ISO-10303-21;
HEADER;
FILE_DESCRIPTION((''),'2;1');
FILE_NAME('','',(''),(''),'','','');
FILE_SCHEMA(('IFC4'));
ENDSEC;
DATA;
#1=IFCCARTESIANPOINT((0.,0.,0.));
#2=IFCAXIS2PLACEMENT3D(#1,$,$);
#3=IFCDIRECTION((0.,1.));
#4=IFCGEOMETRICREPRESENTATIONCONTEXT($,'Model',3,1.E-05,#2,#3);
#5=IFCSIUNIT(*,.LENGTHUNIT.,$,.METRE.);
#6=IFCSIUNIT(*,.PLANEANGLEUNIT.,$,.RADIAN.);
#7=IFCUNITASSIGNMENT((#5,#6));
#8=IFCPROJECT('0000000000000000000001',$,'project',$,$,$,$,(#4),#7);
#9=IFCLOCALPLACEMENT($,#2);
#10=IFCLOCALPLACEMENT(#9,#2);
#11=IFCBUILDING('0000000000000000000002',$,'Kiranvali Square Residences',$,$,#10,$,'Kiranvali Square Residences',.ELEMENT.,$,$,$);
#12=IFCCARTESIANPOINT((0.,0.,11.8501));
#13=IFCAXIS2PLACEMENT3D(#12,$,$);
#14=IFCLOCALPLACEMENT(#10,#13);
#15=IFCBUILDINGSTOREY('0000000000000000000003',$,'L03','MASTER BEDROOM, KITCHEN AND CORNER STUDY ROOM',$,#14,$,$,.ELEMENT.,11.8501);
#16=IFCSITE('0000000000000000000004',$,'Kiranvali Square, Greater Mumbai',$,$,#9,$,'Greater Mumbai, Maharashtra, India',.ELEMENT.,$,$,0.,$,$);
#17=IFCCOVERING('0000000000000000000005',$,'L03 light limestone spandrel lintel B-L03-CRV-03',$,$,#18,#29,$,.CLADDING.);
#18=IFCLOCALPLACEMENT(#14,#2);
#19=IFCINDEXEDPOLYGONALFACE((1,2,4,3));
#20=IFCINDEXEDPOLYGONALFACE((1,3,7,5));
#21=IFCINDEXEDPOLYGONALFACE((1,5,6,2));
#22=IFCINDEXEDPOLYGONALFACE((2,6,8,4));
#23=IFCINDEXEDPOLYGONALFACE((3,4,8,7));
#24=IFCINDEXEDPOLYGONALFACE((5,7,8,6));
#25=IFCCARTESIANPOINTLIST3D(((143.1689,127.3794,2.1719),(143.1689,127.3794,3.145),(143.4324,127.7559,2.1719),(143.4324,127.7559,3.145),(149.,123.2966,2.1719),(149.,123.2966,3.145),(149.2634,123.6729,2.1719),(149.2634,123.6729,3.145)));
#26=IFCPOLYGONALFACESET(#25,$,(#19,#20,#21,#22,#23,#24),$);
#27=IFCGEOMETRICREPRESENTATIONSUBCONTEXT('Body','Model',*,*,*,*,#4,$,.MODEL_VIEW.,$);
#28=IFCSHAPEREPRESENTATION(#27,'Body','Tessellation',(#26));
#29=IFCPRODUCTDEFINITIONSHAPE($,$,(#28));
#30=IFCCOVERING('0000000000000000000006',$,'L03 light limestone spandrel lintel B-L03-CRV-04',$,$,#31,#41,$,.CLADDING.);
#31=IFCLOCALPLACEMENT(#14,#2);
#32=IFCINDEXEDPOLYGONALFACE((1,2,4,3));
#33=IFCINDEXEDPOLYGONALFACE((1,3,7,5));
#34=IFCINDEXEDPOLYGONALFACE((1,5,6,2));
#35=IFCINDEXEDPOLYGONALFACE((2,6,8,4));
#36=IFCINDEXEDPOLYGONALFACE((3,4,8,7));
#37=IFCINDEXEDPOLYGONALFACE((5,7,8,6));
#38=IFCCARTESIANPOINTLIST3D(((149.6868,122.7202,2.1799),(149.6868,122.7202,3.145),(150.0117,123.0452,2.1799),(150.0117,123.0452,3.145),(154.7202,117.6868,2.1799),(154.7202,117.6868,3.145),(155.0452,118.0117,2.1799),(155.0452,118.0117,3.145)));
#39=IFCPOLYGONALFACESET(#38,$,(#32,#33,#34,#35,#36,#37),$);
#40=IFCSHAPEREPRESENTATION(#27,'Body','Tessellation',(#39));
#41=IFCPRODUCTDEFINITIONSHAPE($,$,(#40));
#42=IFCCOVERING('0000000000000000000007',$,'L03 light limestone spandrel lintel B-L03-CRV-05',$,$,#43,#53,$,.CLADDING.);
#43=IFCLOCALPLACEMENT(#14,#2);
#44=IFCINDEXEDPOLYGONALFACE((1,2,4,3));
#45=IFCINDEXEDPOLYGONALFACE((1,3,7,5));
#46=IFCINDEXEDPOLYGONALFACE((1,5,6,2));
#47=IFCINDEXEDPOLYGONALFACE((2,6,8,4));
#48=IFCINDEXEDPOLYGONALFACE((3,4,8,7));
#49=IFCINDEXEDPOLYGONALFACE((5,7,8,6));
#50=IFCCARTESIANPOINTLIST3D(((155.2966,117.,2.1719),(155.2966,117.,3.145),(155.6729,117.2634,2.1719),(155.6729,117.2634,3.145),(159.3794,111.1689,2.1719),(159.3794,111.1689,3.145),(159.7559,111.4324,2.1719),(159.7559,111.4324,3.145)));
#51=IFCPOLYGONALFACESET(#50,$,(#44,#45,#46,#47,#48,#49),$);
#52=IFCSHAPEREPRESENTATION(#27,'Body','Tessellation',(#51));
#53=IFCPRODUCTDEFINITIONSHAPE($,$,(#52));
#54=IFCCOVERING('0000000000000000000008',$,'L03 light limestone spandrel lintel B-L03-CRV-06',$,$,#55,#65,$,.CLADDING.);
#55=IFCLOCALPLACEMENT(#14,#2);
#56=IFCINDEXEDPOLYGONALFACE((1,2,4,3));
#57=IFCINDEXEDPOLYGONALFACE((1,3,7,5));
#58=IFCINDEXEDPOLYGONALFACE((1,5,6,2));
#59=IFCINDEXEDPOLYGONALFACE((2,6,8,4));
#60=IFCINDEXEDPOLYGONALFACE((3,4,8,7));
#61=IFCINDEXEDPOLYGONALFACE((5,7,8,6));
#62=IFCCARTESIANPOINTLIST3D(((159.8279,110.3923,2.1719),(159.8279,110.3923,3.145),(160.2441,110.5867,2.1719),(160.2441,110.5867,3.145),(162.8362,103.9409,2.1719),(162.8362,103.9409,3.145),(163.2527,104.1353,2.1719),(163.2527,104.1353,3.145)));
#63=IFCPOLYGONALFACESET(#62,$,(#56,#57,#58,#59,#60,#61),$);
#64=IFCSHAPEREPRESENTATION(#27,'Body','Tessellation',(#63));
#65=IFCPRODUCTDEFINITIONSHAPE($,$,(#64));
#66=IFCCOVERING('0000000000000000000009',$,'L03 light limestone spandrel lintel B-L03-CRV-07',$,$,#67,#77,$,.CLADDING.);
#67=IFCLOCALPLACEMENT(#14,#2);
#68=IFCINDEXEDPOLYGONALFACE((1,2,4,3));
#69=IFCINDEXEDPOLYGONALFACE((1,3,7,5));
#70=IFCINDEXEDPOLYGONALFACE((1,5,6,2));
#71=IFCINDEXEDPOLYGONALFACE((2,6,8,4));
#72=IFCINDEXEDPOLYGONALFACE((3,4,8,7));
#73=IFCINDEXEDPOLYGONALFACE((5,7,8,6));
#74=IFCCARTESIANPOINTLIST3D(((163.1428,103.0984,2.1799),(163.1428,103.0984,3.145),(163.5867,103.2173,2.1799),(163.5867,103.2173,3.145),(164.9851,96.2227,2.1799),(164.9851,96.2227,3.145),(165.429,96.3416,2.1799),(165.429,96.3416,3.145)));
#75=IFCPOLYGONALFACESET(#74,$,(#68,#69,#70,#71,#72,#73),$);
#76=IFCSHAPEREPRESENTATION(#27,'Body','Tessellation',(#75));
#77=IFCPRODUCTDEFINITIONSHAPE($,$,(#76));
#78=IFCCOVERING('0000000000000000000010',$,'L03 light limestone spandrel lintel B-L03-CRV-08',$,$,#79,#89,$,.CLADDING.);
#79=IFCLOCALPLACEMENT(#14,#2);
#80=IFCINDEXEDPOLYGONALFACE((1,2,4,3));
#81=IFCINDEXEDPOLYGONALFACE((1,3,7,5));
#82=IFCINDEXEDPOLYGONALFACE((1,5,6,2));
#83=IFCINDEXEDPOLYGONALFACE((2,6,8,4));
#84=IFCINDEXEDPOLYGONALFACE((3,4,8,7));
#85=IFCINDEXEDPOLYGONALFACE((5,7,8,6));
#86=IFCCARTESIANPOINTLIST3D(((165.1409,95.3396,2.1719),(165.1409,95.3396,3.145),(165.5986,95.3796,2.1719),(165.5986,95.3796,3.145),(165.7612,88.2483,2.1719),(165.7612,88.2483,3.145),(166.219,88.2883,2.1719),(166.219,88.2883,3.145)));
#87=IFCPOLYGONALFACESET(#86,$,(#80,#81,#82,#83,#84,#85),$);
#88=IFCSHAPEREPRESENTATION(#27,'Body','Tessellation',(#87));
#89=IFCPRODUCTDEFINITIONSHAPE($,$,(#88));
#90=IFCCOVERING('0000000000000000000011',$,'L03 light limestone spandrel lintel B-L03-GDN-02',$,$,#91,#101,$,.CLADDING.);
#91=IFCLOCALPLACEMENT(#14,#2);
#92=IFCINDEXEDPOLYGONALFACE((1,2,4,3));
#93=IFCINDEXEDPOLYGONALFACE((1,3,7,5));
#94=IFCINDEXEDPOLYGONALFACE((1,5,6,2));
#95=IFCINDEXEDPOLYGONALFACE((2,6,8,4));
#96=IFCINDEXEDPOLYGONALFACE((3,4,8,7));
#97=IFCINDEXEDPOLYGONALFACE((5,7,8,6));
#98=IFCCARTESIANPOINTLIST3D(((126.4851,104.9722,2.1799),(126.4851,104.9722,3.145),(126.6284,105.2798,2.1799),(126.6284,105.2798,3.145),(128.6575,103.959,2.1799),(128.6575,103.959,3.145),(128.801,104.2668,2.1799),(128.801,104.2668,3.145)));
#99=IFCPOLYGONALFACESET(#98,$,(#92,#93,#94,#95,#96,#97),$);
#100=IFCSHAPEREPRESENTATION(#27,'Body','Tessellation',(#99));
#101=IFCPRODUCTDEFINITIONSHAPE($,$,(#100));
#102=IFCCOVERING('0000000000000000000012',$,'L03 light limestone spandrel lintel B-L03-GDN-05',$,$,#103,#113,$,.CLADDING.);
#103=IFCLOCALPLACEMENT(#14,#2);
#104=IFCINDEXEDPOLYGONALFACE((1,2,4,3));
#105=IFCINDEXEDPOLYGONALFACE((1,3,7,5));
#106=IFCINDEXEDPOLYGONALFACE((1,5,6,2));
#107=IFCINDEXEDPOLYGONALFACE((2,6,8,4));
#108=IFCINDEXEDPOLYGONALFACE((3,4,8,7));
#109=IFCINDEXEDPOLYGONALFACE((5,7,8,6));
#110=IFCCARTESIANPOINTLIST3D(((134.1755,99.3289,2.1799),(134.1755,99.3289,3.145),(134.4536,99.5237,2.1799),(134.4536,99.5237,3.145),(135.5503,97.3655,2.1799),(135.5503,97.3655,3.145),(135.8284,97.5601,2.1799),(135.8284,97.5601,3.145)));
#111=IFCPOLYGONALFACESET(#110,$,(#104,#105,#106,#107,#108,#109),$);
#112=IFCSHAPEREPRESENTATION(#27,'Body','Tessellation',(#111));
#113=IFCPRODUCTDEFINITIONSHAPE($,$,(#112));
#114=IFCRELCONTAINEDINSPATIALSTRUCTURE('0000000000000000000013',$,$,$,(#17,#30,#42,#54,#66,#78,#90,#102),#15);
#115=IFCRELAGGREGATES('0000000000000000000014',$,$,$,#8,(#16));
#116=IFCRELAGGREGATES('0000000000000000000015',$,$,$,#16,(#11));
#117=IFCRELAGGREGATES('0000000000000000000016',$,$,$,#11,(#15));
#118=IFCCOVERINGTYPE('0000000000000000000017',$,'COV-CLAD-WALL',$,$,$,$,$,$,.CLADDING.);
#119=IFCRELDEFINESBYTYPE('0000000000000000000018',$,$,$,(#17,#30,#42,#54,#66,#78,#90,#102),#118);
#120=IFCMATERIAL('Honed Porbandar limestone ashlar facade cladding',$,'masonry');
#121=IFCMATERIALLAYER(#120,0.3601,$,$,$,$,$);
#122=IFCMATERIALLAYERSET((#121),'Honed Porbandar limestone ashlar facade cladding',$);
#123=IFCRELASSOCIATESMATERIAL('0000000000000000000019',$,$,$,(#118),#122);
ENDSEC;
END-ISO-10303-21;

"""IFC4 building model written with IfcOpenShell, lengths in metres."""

from ifc_helpers import new_model, si_unit, direction, frame, origin, place, context, subcontext, project, spatial, polyline, outline, extrude, material, layer, layer_set, type_object, element, save


model = new_model("IFC4")

# Units and contexts
model_context = context("Model", 3, precision=1e-05, world=origin(), true_north=direction((0.0, 1.0)))
body_context = subcontext(model_context, "Body", "Model", "MODEL_VIEW")
ifc_project = project(units=[si_unit("LENGTHUNIT", "METRE"), si_unit("PLANEANGLEUNIT", "RADIAN")], contexts=[model_context])

# Site, building, storey
site_placement = place(None, origin())
site = spatial("IfcSite", under=ifc_project, at=site_placement, Name="Kiranvali Square, Greater Mumbai", LongName="Greater Mumbai, Maharashtra, India", CompositionType="ELEMENT", RefElevation=0.0)
building_placement = place(site_placement, origin())
building = spatial("IfcBuilding", under=site, at=building_placement, Name="Kiranvali Square Residences", LongName="Kiranvali Square Residences", CompositionType="ELEMENT")
storey_placement = place(building_placement, frame((0.0, 0.0, 11.8501)))
storey = spatial("IfcBuildingStorey", under=building, at=storey_placement, Name="L03", Description="MASTER BEDROOM, KITCHEN AND CORNER STUDY ROOM", CompositionType="ELEMENT", Elevation=11.8501)

# Coverings
ifc_material = material(Name="Honed Porbandar limestone ashlar facade cladding", Category="masonry")
ifc_layer_1 = layer(ifc_material, 0.3601)
ifc_layer_set_1 = layer_set([ifc_layer_1], Name="Honed Porbandar limestone ashlar facade cladding")
covering_type_1 = type_object("IfcCoveringType", Name="COV-CLAD-WALL", PredefinedType="CLADDING", material=ifc_layer_set_1)
covering_1_placement = place(storey_placement, frame((0.0, 0.0, 2.1719)))
element("IfcCovering", 1, at=covering_1_placement, inside=storey, type_object=covering_type_1, Name="L03 light limestone spandrel lintel B-L03-CRV-03", PredefinedType="CLADDING", context=body_context, shape_type="SweptSolid", body=[
    extrude(outline(polyline([(143.1689, 127.3794), (149.0, 123.2966), (149.2634, 123.6729), (143.4324, 127.7559), (143.1689, 127.3794)])), origin(), (0.0, 0.0, 1.0), 0.9731),
])
covering_2_placement = place(storey_placement, frame((0.0, 0.0, 2.1799)))
element("IfcCovering", 2, at=covering_2_placement, inside=storey, type_object=covering_type_1, Name="L03 light limestone spandrel lintel B-L03-CRV-04", PredefinedType="CLADDING", context=body_context, shape_type="SweptSolid", body=[
    extrude(outline(polyline([(149.6868, 122.7202), (154.7202, 117.6868), (155.0452, 118.0117), (150.0117, 123.0452), (149.6868, 122.7202)])), origin(), (0.0, 0.0, 1.0), 0.9651),
])
covering_3_placement = place(storey_placement, frame((0.0, 0.0, 2.1719)))
element("IfcCovering", 3, at=covering_3_placement, inside=storey, type_object=covering_type_1, Name="L03 light limestone spandrel lintel B-L03-CRV-05", PredefinedType="CLADDING", context=body_context, shape_type="SweptSolid", body=[
    extrude(outline(polyline([(155.2966, 117.0), (159.3794, 111.1689), (159.7559, 111.4324), (155.6729, 117.2634), (155.2966, 117.0)])), origin(), (0.0, 0.0, 1.0), 0.9731),
])
covering_4_placement = place(storey_placement, frame((0.0, 0.0, 2.1719)))
element("IfcCovering", 4, at=covering_4_placement, inside=storey, type_object=covering_type_1, Name="L03 light limestone spandrel lintel B-L03-CRV-06", PredefinedType="CLADDING", context=body_context, shape_type="SweptSolid", body=[
    extrude(outline(polyline([(159.8279, 110.3923), (162.8362, 103.9409), (163.2527, 104.1353), (160.2441, 110.5867), (159.8279, 110.3923)])), origin(), (0.0, 0.0, 1.0), 0.9731),
])
covering_5_placement = place(storey_placement, frame((0.0, 0.0, 2.1799)))
element("IfcCovering", 5, at=covering_5_placement, inside=storey, type_object=covering_type_1, Name="L03 light limestone spandrel lintel B-L03-CRV-07", PredefinedType="CLADDING", context=body_context, shape_type="SweptSolid", body=[
    extrude(outline(polyline([(163.1428, 103.0984), (164.9851, 96.2227), (165.429, 96.3416), (163.5867, 103.2173), (163.1428, 103.0984)])), origin(), (0.0, 0.0, 1.0), 0.9651),
])
covering_6_placement = place(storey_placement, frame((0.0, 0.0, 2.1719)))
element("IfcCovering", 6, at=covering_6_placement, inside=storey, type_object=covering_type_1, Name="L03 light limestone spandrel lintel B-L03-CRV-08", PredefinedType="CLADDING", context=body_context, shape_type="SweptSolid", body=[
    extrude(outline(polyline([(165.1409, 95.3396), (165.7612, 88.2483), (166.219, 88.2883), (165.5986, 95.3796), (165.1409, 95.3396)])), origin(), (0.0, 0.0, 1.0), 0.9731),
])
covering_7_placement = place(storey_placement, frame((0.0, 0.0, 2.1799)))
element("IfcCovering", 7, at=covering_7_placement, inside=storey, type_object=covering_type_1, Name="L03 light limestone spandrel lintel B-L03-GDN-02", PredefinedType="CLADDING", context=body_context, shape_type="SweptSolid", body=[
    extrude(outline(polyline([(126.4851, 104.9722), (128.6575, 103.959), (128.801, 104.2668), (126.6284, 105.2798), (126.4851, 104.9722)])), origin(), (0.0, 0.0, 1.0), 0.9651),
])
covering_8_placement = place(storey_placement, frame((0.0, 0.0, 2.1799)))
element("IfcCovering", 8, at=covering_8_placement, inside=storey, type_object=covering_type_1, Name="L03 light limestone spandrel lintel B-L03-GDN-05", PredefinedType="CLADDING", context=body_context, shape_type="SweptSolid", body=[
    extrude(outline(polyline([(134.1755, 99.3289), (135.5503, 97.3655), (135.8284, 97.5601), (134.4536, 99.5237), (134.1755, 99.3289)])), origin(), (0.0, 0.0, 1.0), 0.9651),
])

save(model, "model.ifc")
